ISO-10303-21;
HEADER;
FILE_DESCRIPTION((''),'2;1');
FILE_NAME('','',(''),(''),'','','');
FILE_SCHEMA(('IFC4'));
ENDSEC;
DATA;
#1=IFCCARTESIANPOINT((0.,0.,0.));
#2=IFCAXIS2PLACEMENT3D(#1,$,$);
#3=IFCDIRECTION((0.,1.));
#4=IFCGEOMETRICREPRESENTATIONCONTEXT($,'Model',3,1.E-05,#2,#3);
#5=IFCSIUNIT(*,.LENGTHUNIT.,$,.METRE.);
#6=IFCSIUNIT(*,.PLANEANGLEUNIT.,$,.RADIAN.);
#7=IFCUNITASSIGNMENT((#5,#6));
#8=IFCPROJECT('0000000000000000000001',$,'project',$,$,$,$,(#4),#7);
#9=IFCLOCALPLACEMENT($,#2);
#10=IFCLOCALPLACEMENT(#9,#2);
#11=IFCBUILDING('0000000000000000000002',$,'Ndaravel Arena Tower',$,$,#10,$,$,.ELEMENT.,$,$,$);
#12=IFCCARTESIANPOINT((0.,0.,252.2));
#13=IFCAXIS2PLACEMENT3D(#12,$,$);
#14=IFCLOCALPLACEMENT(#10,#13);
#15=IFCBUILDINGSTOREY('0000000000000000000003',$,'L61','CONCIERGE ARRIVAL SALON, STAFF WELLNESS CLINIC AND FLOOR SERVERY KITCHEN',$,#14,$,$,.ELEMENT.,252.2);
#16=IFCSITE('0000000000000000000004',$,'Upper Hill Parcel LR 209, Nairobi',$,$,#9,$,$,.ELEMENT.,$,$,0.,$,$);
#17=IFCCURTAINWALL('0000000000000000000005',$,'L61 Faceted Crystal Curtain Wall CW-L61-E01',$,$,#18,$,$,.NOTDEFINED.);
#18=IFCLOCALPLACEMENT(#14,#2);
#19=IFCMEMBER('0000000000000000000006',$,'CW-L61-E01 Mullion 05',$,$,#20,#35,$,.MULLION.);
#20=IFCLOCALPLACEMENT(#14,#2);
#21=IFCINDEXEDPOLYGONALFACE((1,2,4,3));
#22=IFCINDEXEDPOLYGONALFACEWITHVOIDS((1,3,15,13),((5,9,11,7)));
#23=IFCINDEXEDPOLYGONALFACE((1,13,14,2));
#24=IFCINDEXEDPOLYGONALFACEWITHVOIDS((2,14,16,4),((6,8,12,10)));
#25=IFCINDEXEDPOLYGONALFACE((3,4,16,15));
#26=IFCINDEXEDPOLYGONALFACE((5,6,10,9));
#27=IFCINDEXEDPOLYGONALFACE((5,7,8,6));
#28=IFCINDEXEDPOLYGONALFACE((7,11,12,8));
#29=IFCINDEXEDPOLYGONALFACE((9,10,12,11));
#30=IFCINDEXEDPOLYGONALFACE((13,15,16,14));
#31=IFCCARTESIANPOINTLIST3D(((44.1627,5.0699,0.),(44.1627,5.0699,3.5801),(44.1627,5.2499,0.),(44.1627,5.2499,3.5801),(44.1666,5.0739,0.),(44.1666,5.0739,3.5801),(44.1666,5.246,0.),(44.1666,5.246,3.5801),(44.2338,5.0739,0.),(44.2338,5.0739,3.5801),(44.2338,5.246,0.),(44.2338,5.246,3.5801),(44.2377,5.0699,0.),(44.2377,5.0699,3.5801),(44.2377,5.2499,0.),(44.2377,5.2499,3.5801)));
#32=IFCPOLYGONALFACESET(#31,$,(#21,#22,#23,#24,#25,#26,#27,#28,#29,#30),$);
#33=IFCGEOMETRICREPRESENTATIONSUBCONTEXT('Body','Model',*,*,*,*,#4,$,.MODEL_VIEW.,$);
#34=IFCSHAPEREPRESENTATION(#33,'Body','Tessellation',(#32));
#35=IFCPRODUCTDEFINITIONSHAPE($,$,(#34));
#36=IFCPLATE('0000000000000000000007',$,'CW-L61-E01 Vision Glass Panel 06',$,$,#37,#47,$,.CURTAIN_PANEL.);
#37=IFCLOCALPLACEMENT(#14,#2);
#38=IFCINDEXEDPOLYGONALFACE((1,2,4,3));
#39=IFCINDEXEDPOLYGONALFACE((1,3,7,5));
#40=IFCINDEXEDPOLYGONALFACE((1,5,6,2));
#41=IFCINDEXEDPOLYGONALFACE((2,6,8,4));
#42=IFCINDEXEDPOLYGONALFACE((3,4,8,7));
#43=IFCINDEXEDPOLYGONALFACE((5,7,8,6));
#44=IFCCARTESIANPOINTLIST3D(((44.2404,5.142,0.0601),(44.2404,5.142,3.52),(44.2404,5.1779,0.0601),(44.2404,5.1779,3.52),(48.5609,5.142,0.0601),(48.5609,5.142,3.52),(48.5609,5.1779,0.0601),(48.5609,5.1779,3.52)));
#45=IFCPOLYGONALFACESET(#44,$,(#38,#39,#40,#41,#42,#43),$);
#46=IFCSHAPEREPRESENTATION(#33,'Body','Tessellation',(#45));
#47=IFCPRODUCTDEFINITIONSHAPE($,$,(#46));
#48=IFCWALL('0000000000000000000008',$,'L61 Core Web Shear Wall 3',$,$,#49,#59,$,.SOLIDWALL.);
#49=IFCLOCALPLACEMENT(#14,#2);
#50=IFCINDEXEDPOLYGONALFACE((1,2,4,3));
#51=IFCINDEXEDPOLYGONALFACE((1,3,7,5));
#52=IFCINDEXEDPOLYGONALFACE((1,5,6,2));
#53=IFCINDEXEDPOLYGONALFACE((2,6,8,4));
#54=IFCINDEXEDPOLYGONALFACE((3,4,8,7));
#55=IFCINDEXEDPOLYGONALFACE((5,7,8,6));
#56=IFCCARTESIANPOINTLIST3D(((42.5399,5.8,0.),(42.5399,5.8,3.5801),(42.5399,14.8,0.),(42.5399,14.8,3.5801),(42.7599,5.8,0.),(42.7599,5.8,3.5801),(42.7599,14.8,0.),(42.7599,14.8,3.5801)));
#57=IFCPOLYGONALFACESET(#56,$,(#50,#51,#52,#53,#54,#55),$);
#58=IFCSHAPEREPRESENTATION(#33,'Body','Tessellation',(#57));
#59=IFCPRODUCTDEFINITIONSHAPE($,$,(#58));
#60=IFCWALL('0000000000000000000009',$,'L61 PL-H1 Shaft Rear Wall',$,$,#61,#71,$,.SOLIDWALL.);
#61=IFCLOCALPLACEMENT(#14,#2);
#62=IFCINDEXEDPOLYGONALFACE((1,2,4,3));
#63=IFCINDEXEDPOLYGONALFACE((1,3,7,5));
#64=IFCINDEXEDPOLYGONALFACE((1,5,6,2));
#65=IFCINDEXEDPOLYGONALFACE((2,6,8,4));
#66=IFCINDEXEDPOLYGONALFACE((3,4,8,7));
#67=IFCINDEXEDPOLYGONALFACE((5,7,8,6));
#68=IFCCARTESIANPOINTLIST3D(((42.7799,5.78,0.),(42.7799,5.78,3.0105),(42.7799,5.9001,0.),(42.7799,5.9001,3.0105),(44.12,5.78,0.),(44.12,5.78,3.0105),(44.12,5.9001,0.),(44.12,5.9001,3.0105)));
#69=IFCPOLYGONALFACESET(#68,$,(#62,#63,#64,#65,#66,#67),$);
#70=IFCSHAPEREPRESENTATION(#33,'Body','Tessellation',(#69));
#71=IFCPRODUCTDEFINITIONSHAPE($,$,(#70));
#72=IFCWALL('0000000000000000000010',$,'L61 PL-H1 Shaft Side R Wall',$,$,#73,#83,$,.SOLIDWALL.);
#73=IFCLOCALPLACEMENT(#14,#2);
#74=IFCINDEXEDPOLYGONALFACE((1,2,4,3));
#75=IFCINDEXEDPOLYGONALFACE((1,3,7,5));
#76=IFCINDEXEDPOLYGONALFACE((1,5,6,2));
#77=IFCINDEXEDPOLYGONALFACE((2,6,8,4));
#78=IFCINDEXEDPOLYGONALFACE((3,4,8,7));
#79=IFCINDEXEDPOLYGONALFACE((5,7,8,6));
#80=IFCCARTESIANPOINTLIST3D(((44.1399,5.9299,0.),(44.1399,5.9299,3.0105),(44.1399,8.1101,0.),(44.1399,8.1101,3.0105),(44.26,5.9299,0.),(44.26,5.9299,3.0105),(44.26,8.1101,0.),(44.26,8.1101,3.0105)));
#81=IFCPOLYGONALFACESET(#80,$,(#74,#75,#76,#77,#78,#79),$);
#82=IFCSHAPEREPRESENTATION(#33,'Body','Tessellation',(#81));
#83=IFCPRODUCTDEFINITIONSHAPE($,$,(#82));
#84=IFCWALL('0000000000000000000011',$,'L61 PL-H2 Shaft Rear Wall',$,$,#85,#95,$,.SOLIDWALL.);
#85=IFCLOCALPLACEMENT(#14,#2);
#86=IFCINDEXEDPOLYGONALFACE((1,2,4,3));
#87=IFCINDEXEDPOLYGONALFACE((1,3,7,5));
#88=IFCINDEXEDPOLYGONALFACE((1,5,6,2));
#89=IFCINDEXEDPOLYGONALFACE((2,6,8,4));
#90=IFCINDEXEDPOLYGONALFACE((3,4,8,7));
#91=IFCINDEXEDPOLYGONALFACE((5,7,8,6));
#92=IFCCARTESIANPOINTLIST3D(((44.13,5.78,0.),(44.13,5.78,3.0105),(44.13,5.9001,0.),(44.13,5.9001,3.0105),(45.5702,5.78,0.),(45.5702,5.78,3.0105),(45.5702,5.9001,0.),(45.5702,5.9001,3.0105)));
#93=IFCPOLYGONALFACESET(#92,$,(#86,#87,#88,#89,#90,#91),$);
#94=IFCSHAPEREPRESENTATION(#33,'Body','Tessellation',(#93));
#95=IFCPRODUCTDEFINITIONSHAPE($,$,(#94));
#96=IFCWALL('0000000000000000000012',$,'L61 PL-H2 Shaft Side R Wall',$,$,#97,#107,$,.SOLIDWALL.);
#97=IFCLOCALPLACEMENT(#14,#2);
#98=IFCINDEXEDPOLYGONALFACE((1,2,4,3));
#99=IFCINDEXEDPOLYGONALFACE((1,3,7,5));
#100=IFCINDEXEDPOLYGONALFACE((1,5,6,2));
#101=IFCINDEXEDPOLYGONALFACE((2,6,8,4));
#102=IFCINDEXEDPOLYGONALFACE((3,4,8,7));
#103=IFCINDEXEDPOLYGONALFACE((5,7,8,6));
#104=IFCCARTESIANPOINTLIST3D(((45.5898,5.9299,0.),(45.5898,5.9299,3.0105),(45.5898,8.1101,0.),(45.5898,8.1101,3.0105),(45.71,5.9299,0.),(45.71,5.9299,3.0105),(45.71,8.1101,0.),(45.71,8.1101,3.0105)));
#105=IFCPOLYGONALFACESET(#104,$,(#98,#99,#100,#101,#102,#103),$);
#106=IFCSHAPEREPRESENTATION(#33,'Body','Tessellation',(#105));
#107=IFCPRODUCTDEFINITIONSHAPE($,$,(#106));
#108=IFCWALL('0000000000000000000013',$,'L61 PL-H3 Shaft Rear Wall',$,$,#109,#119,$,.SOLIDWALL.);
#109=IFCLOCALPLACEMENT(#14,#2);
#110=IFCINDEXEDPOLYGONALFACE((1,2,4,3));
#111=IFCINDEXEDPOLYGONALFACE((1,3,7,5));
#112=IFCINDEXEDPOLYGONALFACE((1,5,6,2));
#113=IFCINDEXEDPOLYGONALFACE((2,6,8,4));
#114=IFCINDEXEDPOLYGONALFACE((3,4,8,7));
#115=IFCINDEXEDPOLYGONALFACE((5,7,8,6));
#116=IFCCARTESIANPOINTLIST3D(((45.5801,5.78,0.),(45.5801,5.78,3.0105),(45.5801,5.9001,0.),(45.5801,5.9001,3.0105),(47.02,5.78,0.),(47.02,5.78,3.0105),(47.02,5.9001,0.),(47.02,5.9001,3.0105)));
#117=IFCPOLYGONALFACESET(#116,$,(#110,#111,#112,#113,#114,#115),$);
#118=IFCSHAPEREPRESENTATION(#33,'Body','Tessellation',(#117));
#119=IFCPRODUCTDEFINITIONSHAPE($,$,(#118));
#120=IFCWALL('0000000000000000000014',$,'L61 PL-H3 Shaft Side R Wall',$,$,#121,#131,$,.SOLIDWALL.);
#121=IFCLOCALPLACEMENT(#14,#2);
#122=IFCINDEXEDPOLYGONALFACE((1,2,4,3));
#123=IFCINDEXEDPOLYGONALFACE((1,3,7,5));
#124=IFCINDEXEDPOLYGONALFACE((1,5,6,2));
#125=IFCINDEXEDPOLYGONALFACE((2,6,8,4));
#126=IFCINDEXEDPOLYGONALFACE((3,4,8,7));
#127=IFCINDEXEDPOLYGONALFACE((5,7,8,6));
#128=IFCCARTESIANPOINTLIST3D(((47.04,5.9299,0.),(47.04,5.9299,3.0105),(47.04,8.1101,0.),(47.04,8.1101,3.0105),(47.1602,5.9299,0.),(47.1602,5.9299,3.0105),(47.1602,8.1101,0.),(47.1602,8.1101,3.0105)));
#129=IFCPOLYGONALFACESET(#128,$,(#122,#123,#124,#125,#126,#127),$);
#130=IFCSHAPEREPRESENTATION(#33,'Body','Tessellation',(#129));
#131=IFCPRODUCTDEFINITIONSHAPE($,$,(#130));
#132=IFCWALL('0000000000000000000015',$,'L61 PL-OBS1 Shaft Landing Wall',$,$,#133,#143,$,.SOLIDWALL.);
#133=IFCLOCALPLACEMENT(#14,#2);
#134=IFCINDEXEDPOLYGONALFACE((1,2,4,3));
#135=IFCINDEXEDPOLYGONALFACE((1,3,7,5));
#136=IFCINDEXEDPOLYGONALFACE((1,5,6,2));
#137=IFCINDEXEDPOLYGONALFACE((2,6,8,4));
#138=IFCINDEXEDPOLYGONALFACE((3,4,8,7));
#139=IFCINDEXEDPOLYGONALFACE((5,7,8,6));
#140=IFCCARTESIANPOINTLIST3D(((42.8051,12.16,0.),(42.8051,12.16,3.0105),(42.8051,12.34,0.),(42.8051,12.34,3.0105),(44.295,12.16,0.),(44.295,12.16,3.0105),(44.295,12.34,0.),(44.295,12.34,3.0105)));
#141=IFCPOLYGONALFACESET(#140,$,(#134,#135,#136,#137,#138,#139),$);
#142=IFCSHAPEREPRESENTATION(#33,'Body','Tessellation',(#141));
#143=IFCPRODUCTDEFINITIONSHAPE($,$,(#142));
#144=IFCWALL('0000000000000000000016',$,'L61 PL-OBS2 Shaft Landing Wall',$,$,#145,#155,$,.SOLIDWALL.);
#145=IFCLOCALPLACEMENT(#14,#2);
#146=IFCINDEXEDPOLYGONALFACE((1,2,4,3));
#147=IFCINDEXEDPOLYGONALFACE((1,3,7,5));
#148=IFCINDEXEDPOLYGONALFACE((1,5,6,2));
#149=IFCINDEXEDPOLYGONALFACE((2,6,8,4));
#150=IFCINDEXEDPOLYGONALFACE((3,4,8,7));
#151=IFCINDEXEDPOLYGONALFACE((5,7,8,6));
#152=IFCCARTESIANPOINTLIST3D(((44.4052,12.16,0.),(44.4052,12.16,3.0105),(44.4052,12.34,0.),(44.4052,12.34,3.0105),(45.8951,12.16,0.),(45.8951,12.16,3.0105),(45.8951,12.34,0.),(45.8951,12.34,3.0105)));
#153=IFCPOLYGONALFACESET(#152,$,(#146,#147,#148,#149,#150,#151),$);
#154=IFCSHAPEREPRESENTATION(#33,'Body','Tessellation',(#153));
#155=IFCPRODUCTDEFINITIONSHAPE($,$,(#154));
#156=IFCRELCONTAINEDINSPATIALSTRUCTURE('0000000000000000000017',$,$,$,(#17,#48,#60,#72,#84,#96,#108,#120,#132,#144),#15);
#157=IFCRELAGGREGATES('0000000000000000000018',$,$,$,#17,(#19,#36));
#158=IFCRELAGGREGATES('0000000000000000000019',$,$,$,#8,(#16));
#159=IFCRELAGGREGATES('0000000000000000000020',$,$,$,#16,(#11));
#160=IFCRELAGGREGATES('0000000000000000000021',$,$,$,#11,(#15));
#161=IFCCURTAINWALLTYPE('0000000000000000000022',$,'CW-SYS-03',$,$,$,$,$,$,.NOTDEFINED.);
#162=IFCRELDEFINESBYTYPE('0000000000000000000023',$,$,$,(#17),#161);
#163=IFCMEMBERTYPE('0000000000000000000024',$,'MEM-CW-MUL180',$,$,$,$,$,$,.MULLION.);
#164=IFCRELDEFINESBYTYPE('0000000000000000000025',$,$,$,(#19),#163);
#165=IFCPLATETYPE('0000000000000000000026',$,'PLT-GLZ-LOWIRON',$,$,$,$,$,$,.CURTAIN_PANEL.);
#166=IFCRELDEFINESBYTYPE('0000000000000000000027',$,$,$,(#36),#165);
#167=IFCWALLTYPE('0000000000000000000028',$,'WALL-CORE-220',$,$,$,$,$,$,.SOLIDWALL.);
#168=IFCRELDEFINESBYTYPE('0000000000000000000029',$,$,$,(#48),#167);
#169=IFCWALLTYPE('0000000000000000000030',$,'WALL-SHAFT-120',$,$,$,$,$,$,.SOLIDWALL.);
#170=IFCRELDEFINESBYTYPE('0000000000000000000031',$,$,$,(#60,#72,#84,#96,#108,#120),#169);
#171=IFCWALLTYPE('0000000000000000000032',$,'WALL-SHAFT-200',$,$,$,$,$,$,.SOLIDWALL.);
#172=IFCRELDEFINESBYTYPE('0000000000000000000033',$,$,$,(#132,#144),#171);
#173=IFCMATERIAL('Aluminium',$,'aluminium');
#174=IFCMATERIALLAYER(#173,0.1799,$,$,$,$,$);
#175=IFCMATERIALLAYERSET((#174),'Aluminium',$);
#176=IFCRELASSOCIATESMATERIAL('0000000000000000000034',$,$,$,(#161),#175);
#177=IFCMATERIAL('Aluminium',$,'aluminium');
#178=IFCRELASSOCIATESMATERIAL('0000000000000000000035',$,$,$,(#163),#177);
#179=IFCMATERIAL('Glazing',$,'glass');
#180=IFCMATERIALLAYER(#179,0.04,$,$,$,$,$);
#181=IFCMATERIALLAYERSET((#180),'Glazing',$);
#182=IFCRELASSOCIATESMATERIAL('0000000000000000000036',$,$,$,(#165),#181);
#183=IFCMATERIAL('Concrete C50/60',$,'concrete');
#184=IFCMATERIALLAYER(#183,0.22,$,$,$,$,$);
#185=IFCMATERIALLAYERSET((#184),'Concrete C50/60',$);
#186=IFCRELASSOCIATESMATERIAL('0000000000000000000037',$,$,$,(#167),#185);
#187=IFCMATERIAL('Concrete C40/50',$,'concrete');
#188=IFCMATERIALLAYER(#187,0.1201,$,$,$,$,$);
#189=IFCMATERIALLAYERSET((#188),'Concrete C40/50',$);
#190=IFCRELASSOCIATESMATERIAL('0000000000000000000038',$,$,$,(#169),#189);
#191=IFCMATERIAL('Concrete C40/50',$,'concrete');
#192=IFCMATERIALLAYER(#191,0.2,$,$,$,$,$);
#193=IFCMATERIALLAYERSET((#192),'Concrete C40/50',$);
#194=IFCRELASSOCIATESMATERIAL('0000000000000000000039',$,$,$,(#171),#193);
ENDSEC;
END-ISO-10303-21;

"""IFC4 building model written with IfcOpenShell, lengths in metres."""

from ifc_helpers import new_model, si_unit, direction, frame, frame_2d, origin, origin_2d, place, context, subcontext, project, spatial, rectangle, hollow_rectangle, extrude, material, layer, layer_set, material_profile, profile_set, type_object, element, aggregate, save


model = new_model("IFC4")

# Units and contexts
model_context = context("Model", 3, precision=1e-05, world=origin(), true_north=direction((0.0, 1.0)))
body_context = subcontext(model_context, "Body", "Model", "MODEL_VIEW")
ifc_project = project(units=[si_unit("LENGTHUNIT", "METRE"), si_unit("PLANEANGLEUNIT", "RADIAN")], contexts=[model_context])

# Site, building, storey
site_placement = place(None, origin())
site = spatial("IfcSite", under=ifc_project, at=site_placement, Name="Upper Hill Parcel LR 209, Nairobi", CompositionType="ELEMENT", RefElevation=0.0)
building_placement = place(site_placement, origin())
building = spatial("IfcBuilding", under=site, at=building_placement, Name="Ndaravel Arena Tower", CompositionType="ELEMENT")
storey_placement = place(building_placement, frame((0.0, 0.0, 252.2)))
storey = spatial("IfcBuildingStorey", under=building, at=storey_placement, Name="L61", Description="CONCIERGE ARRIVAL SALON, STAFF WELLNESS CLINIC AND FLOOR SERVERY KITCHEN", CompositionType="ELEMENT", Elevation=252.2)

# Curtain wall, member, plate
ifc_material_1 = material(Name="Aluminium", Category="aluminium")
ifc_layer_1 = layer(ifc_material_1, 0.1799)
ifc_layer_set_1 = layer_set([ifc_layer_1], Name="Aluminium")
curtain_wall_type = type_object("IfcCurtainWallType", Name="CW-SYS-03", PredefinedType="NOTDEFINED", material=ifc_layer_set_1)
curtain_wall_placement = place(storey_placement, origin())
curtain_wall = element("IfcCurtainWall", 1, at=curtain_wall_placement, inside=storey, type_object=curtain_wall_type, Name="L61 Faceted Crystal Curtain Wall CW-L61-E01", PredefinedType="NOTDEFINED")
ifc_material_2 = material(Name="Aluminium", Category="aluminium")
ifc_material_profile = material_profile(ifc_material_2, hollow_rectangle(XDim=0.075, YDim=0.1799, WallThickness=0.0039, at=origin_2d()), Name="CW MULLION 75x180x4")
ifc_profile_set = profile_set([ifc_material_profile], Name="Aluminium")
member_type = type_object("IfcMemberType", Name="MEM-CW-MUL180", PredefinedType="MULLION", material=ifc_profile_set)
member_placement = place(storey_placement, frame((44.2002, 5.1599, 0.0), z_axis=(0.0, 0.0, 1.0), x_axis=(1.0, 0.0, 0.0)))
member = element("IfcMember", 2, at=member_placement, type_object=member_type, Name="CW-L61-E01 Mullion 05", PredefinedType="MULLION", context=body_context, shape_type="SweptSolid", body=[
    extrude(hollow_rectangle(XDim=0.075, YDim=0.1799, WallThickness=0.0039, at=origin_2d()), origin(), (0.0, 0.0, 1.0), 3.5801),
])
ifc_material_3 = material(Name="Glazing", Category="glass")
ifc_layer_2 = layer(ifc_material_3, 0.04)
ifc_layer_set_2 = layer_set([ifc_layer_2], Name="Glazing")
plate_type = type_object("IfcPlateType", Name="PLT-GLZ-LOWIRON", PredefinedType="CURTAIN_PANEL", material=ifc_layer_set_2)
plate_placement = place(storey_placement, frame((46.4006, 5.1599, 0.0601), z_axis=(0.0, 0.0, 1.0), x_axis=(1.0, 0.0, 0.0)))
plate = element("IfcPlate", 3, at=plate_placement, type_object=plate_type, Name="CW-L61-E01 Vision Glass Panel 06", PredefinedType="CURTAIN_PANEL", context=body_context, shape_type="SweptSolid", body=[
    extrude(rectangle(XDim=4.3206, YDim=0.0359, at=origin_2d()), origin(), (0.0, 0.0, 1.0), 3.46),
])
aggregate(curtain_wall, [member, plate])

# Walls
ifc_material_4 = material(Name="Concrete C50/60", Category="concrete")
ifc_layer_3 = layer(ifc_material_4, 0.22)
ifc_layer_set_3 = layer_set([ifc_layer_3], Name="Concrete C50/60")
wall_type_1 = type_object("IfcWallType", Name="WALL-CORE-220", PredefinedType="SOLIDWALL", material=ifc_layer_set_3)
wall_1_placement = place(storey_placement, frame((42.6499, 5.8, 0.0), z_axis=(0.0, 0.0, 1.0), x_axis=(0.0, 1.0, 0.0)))
element("IfcWall", 4, at=wall_1_placement, inside=storey, type_object=wall_type_1, Name="L61 Core Web Shear Wall 3", PredefinedType="SOLIDWALL", context=body_context, shape_type="SweptSolid", body=[
    extrude(rectangle(XDim=9.0, YDim=0.22, at=frame_2d((4.5, 0.0))), origin(), (0.0, 0.0, 1.0), 3.5801),
])
ifc_material_5 = material(Name="Concrete C40/50", Category="concrete")
ifc_layer_4 = layer(ifc_material_5, 0.1201)
ifc_layer_set_4 = layer_set([ifc_layer_4], Name="Concrete C40/50")
wall_type_2 = type_object("IfcWallType", Name="WALL-SHAFT-120", PredefinedType="SOLIDWALL", material=ifc_layer_set_4)
wall_2_placement = place(storey_placement, frame((42.78, 5.8401, 0.0), z_axis=(0.0, 0.0, 1.0), x_axis=(1.0, 0.0, 0.0)))
element("IfcWall", 5, at=wall_2_placement, inside=storey, type_object=wall_type_2, Name="L61 PL-H1 Shaft Rear Wall", PredefinedType="SOLIDWALL", context=body_context, shape_type="SweptSolid", body=[
    extrude(rectangle(XDim=1.3401, YDim=0.1201, at=frame_2d((0.6699, 0.0))), origin(), (0.0, 0.0, 1.0), 3.0105),
])
wall_3_placement = place(storey_placement, frame((44.2, 5.9299, 0.0), z_axis=(0.0, 0.0, 1.0), x_axis=(0.0, 1.0, 0.0)))
element("IfcWall", 6, at=wall_3_placement, inside=storey, type_object=wall_type_2, Name="L61 PL-H1 Shaft Side R Wall", PredefinedType="SOLIDWALL", context=body_context, shape_type="SweptSolid", body=[
    extrude(rectangle(XDim=2.1802, YDim=0.1201, at=frame_2d((1.0901, 0.0))), origin(), (0.0, 0.0, 1.0), 3.0105),
])
wall_4_placement = place(storey_placement, frame((44.1299, 5.8401, 0.0), z_axis=(0.0, 0.0, 1.0), x_axis=(1.0, 0.0, 0.0)))
element("IfcWall", 7, at=wall_4_placement, inside=storey, type_object=wall_type_2, Name="L61 PL-H2 Shaft Rear Wall", PredefinedType="SOLIDWALL", context=body_context, shape_type="SweptSolid", body=[
    extrude(rectangle(XDim=1.4402, YDim=0.1201, at=frame_2d((0.7202, 0.0))), origin(), (0.0, 0.0, 1.0), 3.0105),
])
wall_5_placement = place(storey_placement, frame((45.6499, 5.9299, 0.0), z_axis=(0.0, 0.0, 1.0), x_axis=(0.0, 1.0, 0.0)))
element("IfcWall", 8, at=wall_5_placement, inside=storey, type_object=wall_type_2, Name="L61 PL-H2 Shaft Side R Wall", PredefinedType="SOLIDWALL", context=body_context, shape_type="SweptSolid", body=[
    extrude(rectangle(XDim=2.1802, YDim=0.1201, at=frame_2d((1.0901, 0.0))), origin(), (0.0, 0.0, 1.0), 3.0105),
])
wall_6_placement = place(storey_placement, frame((45.5801, 5.8401, 0.0), z_axis=(0.0, 0.0, 1.0), x_axis=(1.0, 0.0, 0.0)))
element("IfcWall", 9, at=wall_6_placement, inside=storey, type_object=wall_type_2, Name="L61 PL-H3 Shaft Rear Wall", PredefinedType="SOLIDWALL", context=body_context, shape_type="SweptSolid", body=[
    extrude(rectangle(XDim=1.4399, YDim=0.1201, at=frame_2d((0.72, 0.0))), origin(), (0.0, 0.0, 1.0), 3.0105),
])
wall_7_placement = place(storey_placement, frame((47.1001, 5.9299, 0.0), z_axis=(0.0, 0.0, 1.0), x_axis=(0.0, 1.0, 0.0)))
element("IfcWall", 10, at=wall_7_placement, inside=storey, type_object=wall_type_2, Name="L61 PL-H3 Shaft Side R Wall", PredefinedType="SOLIDWALL", context=body_context, shape_type="SweptSolid", body=[
    extrude(rectangle(XDim=2.1802, YDim=0.1201, at=frame_2d((1.0901, 0.0))), origin(), (0.0, 0.0, 1.0), 3.0105),
])

# Shared definitions
ifc_material_6 = material(Name="Concrete C40/50", Category="concrete")
ifc_layer_5 = layer(ifc_material_6, 0.2)
ifc_layer_set_5 = layer_set([ifc_layer_5], Name="Concrete C40/50")
wall_type_3 = type_object("IfcWallType", Name="WALL-SHAFT-200", PredefinedType="SOLIDWALL", material=ifc_layer_set_5)

# Walls
for number, where, z_axis, x_axis, name in (
    (11, (42.8049, 12.25, 0.0), (0.0, 0.0, 1.0), (1.0, 0.0, 0.0), "L61 PL-OBS1 Shaft Landing Wall"),
    (12, (44.405, 12.25, 0.0), (0.0, 0.0, 1.0), (1.0, 0.0, 0.0), "L61 PL-OBS2 Shaft Landing Wall"),
):
    element("IfcWall", number, at=place(storey_placement, frame(where, z_axis=z_axis, x_axis=x_axis)), inside=storey, type_object=wall_type_3, Name=name, PredefinedType="SOLIDWALL", context=body_context, shape_type="SweptSolid", body=[
        extrude(rectangle(XDim=1.49, YDim=0.1799, at=frame_2d((0.7451, 0.0))), origin(), (0.0, 0.0, 1.0), 3.0105),
    ])

save(model, "model.ifc")
